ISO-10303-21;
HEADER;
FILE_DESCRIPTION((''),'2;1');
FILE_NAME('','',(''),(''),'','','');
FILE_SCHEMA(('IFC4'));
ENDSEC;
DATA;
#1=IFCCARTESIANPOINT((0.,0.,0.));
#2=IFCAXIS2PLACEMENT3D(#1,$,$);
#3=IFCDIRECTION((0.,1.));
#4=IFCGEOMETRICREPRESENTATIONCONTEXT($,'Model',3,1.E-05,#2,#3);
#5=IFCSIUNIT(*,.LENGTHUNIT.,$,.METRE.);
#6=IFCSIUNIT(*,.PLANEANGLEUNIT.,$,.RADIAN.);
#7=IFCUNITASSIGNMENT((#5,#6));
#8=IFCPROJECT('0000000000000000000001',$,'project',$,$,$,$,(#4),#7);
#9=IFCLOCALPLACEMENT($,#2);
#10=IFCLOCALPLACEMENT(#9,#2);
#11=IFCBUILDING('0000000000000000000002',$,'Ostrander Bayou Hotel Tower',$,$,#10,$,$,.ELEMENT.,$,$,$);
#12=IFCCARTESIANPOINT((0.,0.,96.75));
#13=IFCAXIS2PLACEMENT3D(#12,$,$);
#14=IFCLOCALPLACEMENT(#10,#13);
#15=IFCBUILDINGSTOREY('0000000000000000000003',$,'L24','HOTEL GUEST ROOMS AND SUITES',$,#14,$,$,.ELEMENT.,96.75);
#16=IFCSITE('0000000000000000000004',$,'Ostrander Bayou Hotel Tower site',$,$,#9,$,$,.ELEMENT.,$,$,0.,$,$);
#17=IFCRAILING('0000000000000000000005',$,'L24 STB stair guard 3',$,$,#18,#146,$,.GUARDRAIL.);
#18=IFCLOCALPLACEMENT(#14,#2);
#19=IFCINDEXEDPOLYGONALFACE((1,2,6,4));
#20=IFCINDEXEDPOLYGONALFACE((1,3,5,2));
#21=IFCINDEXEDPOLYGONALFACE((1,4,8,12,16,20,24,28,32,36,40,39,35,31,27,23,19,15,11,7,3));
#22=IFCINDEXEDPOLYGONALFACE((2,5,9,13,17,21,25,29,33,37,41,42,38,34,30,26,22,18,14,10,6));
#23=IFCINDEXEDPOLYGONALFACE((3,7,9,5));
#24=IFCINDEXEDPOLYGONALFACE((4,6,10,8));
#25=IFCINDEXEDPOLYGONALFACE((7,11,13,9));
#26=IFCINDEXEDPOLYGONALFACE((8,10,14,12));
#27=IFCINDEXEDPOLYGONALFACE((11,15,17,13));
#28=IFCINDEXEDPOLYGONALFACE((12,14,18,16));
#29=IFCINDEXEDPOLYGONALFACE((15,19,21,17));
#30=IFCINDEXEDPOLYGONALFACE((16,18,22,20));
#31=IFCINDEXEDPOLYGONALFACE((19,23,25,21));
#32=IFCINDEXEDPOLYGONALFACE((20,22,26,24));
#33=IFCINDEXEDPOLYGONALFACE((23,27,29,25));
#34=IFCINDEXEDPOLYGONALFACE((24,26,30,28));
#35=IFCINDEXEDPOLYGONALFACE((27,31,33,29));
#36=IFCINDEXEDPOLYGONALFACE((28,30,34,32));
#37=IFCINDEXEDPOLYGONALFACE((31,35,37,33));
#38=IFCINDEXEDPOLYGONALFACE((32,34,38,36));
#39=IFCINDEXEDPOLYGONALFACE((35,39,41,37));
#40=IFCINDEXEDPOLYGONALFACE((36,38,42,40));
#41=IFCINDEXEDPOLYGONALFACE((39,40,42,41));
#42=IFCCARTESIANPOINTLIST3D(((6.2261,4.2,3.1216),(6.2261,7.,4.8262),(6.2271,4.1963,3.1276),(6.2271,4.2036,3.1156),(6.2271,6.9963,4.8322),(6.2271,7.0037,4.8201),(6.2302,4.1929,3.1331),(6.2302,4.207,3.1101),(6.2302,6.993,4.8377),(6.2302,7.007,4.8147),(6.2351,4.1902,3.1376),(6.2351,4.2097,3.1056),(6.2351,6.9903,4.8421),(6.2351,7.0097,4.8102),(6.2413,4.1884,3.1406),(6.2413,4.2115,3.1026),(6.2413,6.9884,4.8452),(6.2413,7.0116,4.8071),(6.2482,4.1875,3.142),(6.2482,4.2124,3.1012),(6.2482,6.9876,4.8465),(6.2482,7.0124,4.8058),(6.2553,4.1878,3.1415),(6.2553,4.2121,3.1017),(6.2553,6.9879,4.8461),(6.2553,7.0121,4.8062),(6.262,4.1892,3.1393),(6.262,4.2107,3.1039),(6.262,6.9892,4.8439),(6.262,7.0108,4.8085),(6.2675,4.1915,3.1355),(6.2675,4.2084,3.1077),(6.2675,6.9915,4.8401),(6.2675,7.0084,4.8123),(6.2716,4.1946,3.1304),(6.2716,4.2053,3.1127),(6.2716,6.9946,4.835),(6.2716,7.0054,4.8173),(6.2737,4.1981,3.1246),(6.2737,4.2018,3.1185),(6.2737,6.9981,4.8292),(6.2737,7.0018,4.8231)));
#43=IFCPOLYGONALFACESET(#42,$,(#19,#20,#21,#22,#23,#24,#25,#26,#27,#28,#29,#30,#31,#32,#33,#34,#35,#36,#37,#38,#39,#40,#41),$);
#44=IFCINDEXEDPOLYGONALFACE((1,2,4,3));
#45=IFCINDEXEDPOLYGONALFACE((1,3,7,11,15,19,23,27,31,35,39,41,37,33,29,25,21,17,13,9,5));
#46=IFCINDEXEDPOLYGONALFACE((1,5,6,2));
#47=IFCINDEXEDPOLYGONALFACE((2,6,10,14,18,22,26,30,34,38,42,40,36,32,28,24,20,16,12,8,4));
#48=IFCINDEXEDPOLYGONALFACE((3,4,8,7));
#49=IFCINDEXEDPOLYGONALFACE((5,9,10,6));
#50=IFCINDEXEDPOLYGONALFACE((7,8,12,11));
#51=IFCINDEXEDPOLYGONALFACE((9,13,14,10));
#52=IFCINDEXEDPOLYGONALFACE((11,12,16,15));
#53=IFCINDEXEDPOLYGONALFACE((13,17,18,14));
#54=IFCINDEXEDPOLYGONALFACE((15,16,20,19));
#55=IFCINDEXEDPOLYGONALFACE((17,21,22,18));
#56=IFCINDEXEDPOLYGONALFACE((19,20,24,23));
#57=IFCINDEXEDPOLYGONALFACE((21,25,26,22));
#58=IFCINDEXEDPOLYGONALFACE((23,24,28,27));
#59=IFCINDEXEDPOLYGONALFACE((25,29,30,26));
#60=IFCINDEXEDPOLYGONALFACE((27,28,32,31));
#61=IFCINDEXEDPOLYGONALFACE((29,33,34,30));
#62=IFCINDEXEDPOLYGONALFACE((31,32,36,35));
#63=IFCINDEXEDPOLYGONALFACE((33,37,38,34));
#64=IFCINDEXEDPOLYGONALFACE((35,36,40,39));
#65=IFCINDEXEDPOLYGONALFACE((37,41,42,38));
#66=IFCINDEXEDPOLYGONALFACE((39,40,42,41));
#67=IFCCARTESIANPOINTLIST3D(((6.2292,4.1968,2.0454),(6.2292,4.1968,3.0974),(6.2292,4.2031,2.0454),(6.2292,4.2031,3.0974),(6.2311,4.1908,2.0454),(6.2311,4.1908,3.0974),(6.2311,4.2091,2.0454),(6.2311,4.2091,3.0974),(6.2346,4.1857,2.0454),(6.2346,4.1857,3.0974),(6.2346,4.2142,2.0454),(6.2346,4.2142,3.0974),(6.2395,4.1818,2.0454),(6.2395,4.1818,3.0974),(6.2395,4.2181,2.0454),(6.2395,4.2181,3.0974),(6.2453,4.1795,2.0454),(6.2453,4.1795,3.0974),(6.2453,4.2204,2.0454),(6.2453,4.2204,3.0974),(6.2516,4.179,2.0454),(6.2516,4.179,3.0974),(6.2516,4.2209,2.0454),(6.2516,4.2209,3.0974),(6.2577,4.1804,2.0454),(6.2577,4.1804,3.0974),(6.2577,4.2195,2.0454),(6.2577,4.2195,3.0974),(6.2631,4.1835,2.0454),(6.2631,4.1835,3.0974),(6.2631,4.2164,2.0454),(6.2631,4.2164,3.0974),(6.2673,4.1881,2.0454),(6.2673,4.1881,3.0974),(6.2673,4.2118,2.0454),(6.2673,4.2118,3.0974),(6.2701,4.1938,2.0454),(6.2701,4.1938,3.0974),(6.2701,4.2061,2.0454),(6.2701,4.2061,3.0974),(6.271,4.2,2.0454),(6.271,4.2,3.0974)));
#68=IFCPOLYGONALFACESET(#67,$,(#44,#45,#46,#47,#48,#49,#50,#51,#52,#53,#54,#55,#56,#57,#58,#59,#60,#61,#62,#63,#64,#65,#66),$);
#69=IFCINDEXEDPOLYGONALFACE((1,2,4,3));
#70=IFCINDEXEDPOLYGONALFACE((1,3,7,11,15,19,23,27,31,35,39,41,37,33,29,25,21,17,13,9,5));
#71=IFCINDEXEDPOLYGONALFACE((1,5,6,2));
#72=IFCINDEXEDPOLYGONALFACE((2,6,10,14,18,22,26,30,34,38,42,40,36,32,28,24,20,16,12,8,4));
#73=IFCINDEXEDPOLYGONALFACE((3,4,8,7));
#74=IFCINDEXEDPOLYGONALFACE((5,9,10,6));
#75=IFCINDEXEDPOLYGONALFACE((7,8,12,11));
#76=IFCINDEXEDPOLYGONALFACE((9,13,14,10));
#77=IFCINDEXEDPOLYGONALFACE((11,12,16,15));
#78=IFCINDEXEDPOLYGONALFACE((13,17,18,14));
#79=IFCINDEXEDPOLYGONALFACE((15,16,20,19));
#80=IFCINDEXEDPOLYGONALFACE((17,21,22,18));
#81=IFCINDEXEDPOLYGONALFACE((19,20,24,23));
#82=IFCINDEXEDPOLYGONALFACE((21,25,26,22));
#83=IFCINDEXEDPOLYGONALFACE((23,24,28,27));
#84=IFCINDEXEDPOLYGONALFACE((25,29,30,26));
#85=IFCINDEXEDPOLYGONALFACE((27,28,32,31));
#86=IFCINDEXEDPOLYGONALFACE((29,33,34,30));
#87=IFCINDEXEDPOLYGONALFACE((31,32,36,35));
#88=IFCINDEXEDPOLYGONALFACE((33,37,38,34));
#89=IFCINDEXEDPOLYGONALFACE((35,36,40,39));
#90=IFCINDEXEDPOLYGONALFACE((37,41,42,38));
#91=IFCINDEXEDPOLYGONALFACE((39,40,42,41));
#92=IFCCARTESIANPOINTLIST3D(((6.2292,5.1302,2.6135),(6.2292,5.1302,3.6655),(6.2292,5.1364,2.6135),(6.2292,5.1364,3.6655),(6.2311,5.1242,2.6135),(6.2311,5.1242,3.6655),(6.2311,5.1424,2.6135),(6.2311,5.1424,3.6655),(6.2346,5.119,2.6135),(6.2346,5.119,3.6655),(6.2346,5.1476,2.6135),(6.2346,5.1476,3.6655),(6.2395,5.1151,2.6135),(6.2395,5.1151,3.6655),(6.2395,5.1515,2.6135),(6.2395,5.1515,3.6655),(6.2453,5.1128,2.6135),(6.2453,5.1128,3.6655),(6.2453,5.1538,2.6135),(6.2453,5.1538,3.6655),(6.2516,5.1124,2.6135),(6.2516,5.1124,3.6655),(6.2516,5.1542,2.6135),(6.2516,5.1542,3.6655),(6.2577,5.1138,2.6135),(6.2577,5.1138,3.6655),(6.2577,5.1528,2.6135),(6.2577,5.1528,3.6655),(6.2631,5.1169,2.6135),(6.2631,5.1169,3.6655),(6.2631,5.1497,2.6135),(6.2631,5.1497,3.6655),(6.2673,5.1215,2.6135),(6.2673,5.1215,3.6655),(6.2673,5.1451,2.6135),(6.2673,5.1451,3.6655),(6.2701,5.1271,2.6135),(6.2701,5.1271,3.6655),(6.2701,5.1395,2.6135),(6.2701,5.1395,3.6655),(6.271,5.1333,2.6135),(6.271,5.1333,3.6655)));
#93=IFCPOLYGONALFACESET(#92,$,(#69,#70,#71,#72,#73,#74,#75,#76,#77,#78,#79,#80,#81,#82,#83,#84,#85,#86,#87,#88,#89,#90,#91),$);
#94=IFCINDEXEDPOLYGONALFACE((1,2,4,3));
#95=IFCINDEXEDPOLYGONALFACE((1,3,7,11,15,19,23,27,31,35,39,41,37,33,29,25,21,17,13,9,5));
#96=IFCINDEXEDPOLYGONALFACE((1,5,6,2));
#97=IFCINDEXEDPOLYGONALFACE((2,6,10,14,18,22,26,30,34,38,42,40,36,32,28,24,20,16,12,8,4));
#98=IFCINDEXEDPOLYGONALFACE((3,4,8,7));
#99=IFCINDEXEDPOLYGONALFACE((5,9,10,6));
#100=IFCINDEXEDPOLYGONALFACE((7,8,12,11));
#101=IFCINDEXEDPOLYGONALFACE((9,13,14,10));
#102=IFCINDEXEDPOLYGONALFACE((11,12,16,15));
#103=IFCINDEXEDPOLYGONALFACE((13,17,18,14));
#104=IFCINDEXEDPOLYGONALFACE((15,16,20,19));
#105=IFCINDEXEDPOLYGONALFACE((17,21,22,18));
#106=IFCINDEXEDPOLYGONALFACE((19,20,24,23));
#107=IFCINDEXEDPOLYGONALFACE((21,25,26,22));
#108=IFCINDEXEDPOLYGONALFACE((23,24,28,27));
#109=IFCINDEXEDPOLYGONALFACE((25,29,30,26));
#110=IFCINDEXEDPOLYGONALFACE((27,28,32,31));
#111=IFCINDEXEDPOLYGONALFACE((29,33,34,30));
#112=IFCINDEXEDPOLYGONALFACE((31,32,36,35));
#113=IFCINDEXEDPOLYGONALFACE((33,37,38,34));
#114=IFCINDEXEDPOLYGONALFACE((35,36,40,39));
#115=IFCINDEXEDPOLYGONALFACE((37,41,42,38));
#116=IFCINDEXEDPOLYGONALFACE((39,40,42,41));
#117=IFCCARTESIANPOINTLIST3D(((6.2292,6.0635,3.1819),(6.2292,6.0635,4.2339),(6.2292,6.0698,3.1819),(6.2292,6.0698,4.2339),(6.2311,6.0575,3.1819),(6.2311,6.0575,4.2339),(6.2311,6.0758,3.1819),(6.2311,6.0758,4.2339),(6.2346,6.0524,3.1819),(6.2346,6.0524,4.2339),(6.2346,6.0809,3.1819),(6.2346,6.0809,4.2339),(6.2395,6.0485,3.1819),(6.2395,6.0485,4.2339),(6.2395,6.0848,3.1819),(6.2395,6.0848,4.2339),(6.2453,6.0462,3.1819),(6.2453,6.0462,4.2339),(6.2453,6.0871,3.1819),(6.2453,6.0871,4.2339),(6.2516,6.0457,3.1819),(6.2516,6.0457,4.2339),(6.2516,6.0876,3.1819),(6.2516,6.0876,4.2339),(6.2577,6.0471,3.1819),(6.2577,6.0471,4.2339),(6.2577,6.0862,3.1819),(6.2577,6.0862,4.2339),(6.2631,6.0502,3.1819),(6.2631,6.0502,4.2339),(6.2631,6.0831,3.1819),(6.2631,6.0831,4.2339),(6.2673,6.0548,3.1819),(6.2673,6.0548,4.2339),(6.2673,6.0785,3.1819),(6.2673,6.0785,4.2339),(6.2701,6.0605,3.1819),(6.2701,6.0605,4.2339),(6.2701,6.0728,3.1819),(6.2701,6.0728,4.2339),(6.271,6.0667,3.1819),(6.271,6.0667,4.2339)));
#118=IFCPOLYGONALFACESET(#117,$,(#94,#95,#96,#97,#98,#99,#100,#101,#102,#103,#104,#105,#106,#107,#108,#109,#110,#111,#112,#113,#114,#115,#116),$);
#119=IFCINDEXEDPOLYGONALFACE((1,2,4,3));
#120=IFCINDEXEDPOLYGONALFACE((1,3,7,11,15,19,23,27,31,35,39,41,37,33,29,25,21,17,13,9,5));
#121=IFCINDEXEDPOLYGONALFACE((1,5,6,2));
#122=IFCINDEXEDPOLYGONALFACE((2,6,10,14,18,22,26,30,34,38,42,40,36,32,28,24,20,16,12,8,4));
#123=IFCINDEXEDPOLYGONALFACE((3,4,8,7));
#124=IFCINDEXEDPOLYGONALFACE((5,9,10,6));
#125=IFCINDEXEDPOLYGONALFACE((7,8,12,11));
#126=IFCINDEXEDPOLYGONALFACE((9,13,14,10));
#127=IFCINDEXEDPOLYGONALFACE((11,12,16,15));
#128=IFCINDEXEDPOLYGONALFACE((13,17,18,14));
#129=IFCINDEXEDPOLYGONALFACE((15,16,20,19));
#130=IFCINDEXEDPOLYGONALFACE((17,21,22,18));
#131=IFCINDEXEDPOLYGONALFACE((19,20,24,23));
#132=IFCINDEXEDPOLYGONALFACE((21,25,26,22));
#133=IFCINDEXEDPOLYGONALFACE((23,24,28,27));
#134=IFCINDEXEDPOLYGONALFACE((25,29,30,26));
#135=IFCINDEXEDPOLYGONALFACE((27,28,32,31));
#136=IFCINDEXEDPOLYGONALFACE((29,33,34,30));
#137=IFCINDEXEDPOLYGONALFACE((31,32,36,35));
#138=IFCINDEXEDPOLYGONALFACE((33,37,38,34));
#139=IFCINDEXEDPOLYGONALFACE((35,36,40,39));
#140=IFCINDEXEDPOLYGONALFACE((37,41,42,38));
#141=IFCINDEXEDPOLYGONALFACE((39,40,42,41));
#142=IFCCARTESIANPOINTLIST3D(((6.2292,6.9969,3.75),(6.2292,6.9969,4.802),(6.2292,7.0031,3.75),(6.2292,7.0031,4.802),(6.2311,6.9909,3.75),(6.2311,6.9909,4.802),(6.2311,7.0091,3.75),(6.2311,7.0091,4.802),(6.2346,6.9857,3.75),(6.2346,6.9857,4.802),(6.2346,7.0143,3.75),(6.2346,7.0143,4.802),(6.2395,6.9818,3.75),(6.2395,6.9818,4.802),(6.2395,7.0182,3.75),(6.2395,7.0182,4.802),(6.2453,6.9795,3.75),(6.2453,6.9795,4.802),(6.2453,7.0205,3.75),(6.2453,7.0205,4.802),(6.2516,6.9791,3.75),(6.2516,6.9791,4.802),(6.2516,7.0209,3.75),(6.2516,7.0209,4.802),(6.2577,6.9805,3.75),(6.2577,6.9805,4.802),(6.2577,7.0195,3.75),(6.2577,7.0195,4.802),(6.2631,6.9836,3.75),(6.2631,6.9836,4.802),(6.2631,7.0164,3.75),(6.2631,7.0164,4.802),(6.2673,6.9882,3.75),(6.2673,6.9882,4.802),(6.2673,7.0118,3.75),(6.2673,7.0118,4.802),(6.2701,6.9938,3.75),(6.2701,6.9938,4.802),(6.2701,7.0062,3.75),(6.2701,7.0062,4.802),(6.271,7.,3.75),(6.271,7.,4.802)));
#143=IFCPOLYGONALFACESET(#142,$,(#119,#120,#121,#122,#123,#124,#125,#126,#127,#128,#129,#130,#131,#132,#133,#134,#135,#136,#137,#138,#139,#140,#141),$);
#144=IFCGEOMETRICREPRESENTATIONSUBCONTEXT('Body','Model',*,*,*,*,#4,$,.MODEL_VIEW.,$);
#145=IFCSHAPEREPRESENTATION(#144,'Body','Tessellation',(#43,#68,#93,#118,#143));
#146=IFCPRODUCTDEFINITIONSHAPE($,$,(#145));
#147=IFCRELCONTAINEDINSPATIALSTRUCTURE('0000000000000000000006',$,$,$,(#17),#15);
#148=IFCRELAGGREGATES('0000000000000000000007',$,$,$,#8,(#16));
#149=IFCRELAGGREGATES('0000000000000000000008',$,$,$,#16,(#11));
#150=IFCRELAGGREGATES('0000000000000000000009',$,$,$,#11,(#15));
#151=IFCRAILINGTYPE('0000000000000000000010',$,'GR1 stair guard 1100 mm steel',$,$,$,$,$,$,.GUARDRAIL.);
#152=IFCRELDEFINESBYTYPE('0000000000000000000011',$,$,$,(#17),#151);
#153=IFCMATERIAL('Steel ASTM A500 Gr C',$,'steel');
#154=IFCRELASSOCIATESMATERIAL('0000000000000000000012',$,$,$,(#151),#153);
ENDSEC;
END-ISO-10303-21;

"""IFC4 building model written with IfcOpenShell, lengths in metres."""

from ifc_helpers import new_model, si_unit, direction, frame, origin, origin_2d, place, context, subcontext, project, spatial, circle, extrude, material, type_object, element, save


model = new_model("IFC4")

# Units and contexts
model_context = context("Model", 3, precision=1e-05, world=origin(), true_north=direction((0.0, 1.0)))
body_context = subcontext(model_context, "Body", "Model", "MODEL_VIEW")
ifc_project = project(units=[si_unit("LENGTHUNIT", "METRE"), si_unit("PLANEANGLEUNIT", "RADIAN")], contexts=[model_context])

# Site, building, storey
site_placement = place(None, origin())
site = spatial("IfcSite", under=ifc_project, at=site_placement, Name="Ostrander Bayou Hotel Tower site", CompositionType="ELEMENT", RefElevation=0.0)
building_placement = place(site_placement, origin())
building = spatial("IfcBuilding", under=site, at=building_placement, Name="Ostrander Bayou Hotel Tower", CompositionType="ELEMENT")
storey_placement = place(building_placement, frame((0.0, 0.0, 96.75)))
storey = spatial("IfcBuildingStorey", under=building, at=storey_placement, Name="L24", Description="HOTEL GUEST ROOMS AND SUITES", CompositionType="ELEMENT", Elevation=96.75)

# Railing
ifc_material_1 = material(Name="Steel ASTM A500 Gr C", Category="steel")
railing_type = type_object("IfcRailingType", Name="GR1 stair guard 1100 mm steel", PredefinedType="GUARDRAIL", material=ifc_material_1)
railing_1_placement = place(storey_placement, frame((6.25, 4.2, 2.0454)))
element("IfcRailing", 1, at=railing_1_placement, inside=storey, type_object=railing_type, Name="L24 STB stair guard 3", PredefinedType="GUARDRAIL", context=body_context, shape_type="SweptSolid", body=[
    extrude(circle(Radius=0.0239, at=origin_2d()), frame((0.0, 0.0, 1.0762), z_axis=(0.0, 0.85417, 0.519994), x_axis=(-1.0, 0.0, 0.0)), (0.0, 0.0, 1.0), 3.2781),
    extrude(circle(Radius=0.021, at=origin_2d()), origin(), (0.0, 0.0, 1.0), 1.052),
    extrude(circle(Radius=0.021, at=origin_2d()), frame((0.0, 0.9333, 0.5681)), (0.0, 0.0, 1.0), 1.052),
    extrude(circle(Radius=0.021, at=origin_2d()), frame((0.0, 1.8667, 1.1365)), (0.0, 0.0, 1.0), 1.052),
    extrude(circle(Radius=0.021, at=origin_2d()), frame((0.0, 2.8, 1.7046)), (0.0, 0.0, 1.0), 1.052),
])

save(model, "model.ifc")
